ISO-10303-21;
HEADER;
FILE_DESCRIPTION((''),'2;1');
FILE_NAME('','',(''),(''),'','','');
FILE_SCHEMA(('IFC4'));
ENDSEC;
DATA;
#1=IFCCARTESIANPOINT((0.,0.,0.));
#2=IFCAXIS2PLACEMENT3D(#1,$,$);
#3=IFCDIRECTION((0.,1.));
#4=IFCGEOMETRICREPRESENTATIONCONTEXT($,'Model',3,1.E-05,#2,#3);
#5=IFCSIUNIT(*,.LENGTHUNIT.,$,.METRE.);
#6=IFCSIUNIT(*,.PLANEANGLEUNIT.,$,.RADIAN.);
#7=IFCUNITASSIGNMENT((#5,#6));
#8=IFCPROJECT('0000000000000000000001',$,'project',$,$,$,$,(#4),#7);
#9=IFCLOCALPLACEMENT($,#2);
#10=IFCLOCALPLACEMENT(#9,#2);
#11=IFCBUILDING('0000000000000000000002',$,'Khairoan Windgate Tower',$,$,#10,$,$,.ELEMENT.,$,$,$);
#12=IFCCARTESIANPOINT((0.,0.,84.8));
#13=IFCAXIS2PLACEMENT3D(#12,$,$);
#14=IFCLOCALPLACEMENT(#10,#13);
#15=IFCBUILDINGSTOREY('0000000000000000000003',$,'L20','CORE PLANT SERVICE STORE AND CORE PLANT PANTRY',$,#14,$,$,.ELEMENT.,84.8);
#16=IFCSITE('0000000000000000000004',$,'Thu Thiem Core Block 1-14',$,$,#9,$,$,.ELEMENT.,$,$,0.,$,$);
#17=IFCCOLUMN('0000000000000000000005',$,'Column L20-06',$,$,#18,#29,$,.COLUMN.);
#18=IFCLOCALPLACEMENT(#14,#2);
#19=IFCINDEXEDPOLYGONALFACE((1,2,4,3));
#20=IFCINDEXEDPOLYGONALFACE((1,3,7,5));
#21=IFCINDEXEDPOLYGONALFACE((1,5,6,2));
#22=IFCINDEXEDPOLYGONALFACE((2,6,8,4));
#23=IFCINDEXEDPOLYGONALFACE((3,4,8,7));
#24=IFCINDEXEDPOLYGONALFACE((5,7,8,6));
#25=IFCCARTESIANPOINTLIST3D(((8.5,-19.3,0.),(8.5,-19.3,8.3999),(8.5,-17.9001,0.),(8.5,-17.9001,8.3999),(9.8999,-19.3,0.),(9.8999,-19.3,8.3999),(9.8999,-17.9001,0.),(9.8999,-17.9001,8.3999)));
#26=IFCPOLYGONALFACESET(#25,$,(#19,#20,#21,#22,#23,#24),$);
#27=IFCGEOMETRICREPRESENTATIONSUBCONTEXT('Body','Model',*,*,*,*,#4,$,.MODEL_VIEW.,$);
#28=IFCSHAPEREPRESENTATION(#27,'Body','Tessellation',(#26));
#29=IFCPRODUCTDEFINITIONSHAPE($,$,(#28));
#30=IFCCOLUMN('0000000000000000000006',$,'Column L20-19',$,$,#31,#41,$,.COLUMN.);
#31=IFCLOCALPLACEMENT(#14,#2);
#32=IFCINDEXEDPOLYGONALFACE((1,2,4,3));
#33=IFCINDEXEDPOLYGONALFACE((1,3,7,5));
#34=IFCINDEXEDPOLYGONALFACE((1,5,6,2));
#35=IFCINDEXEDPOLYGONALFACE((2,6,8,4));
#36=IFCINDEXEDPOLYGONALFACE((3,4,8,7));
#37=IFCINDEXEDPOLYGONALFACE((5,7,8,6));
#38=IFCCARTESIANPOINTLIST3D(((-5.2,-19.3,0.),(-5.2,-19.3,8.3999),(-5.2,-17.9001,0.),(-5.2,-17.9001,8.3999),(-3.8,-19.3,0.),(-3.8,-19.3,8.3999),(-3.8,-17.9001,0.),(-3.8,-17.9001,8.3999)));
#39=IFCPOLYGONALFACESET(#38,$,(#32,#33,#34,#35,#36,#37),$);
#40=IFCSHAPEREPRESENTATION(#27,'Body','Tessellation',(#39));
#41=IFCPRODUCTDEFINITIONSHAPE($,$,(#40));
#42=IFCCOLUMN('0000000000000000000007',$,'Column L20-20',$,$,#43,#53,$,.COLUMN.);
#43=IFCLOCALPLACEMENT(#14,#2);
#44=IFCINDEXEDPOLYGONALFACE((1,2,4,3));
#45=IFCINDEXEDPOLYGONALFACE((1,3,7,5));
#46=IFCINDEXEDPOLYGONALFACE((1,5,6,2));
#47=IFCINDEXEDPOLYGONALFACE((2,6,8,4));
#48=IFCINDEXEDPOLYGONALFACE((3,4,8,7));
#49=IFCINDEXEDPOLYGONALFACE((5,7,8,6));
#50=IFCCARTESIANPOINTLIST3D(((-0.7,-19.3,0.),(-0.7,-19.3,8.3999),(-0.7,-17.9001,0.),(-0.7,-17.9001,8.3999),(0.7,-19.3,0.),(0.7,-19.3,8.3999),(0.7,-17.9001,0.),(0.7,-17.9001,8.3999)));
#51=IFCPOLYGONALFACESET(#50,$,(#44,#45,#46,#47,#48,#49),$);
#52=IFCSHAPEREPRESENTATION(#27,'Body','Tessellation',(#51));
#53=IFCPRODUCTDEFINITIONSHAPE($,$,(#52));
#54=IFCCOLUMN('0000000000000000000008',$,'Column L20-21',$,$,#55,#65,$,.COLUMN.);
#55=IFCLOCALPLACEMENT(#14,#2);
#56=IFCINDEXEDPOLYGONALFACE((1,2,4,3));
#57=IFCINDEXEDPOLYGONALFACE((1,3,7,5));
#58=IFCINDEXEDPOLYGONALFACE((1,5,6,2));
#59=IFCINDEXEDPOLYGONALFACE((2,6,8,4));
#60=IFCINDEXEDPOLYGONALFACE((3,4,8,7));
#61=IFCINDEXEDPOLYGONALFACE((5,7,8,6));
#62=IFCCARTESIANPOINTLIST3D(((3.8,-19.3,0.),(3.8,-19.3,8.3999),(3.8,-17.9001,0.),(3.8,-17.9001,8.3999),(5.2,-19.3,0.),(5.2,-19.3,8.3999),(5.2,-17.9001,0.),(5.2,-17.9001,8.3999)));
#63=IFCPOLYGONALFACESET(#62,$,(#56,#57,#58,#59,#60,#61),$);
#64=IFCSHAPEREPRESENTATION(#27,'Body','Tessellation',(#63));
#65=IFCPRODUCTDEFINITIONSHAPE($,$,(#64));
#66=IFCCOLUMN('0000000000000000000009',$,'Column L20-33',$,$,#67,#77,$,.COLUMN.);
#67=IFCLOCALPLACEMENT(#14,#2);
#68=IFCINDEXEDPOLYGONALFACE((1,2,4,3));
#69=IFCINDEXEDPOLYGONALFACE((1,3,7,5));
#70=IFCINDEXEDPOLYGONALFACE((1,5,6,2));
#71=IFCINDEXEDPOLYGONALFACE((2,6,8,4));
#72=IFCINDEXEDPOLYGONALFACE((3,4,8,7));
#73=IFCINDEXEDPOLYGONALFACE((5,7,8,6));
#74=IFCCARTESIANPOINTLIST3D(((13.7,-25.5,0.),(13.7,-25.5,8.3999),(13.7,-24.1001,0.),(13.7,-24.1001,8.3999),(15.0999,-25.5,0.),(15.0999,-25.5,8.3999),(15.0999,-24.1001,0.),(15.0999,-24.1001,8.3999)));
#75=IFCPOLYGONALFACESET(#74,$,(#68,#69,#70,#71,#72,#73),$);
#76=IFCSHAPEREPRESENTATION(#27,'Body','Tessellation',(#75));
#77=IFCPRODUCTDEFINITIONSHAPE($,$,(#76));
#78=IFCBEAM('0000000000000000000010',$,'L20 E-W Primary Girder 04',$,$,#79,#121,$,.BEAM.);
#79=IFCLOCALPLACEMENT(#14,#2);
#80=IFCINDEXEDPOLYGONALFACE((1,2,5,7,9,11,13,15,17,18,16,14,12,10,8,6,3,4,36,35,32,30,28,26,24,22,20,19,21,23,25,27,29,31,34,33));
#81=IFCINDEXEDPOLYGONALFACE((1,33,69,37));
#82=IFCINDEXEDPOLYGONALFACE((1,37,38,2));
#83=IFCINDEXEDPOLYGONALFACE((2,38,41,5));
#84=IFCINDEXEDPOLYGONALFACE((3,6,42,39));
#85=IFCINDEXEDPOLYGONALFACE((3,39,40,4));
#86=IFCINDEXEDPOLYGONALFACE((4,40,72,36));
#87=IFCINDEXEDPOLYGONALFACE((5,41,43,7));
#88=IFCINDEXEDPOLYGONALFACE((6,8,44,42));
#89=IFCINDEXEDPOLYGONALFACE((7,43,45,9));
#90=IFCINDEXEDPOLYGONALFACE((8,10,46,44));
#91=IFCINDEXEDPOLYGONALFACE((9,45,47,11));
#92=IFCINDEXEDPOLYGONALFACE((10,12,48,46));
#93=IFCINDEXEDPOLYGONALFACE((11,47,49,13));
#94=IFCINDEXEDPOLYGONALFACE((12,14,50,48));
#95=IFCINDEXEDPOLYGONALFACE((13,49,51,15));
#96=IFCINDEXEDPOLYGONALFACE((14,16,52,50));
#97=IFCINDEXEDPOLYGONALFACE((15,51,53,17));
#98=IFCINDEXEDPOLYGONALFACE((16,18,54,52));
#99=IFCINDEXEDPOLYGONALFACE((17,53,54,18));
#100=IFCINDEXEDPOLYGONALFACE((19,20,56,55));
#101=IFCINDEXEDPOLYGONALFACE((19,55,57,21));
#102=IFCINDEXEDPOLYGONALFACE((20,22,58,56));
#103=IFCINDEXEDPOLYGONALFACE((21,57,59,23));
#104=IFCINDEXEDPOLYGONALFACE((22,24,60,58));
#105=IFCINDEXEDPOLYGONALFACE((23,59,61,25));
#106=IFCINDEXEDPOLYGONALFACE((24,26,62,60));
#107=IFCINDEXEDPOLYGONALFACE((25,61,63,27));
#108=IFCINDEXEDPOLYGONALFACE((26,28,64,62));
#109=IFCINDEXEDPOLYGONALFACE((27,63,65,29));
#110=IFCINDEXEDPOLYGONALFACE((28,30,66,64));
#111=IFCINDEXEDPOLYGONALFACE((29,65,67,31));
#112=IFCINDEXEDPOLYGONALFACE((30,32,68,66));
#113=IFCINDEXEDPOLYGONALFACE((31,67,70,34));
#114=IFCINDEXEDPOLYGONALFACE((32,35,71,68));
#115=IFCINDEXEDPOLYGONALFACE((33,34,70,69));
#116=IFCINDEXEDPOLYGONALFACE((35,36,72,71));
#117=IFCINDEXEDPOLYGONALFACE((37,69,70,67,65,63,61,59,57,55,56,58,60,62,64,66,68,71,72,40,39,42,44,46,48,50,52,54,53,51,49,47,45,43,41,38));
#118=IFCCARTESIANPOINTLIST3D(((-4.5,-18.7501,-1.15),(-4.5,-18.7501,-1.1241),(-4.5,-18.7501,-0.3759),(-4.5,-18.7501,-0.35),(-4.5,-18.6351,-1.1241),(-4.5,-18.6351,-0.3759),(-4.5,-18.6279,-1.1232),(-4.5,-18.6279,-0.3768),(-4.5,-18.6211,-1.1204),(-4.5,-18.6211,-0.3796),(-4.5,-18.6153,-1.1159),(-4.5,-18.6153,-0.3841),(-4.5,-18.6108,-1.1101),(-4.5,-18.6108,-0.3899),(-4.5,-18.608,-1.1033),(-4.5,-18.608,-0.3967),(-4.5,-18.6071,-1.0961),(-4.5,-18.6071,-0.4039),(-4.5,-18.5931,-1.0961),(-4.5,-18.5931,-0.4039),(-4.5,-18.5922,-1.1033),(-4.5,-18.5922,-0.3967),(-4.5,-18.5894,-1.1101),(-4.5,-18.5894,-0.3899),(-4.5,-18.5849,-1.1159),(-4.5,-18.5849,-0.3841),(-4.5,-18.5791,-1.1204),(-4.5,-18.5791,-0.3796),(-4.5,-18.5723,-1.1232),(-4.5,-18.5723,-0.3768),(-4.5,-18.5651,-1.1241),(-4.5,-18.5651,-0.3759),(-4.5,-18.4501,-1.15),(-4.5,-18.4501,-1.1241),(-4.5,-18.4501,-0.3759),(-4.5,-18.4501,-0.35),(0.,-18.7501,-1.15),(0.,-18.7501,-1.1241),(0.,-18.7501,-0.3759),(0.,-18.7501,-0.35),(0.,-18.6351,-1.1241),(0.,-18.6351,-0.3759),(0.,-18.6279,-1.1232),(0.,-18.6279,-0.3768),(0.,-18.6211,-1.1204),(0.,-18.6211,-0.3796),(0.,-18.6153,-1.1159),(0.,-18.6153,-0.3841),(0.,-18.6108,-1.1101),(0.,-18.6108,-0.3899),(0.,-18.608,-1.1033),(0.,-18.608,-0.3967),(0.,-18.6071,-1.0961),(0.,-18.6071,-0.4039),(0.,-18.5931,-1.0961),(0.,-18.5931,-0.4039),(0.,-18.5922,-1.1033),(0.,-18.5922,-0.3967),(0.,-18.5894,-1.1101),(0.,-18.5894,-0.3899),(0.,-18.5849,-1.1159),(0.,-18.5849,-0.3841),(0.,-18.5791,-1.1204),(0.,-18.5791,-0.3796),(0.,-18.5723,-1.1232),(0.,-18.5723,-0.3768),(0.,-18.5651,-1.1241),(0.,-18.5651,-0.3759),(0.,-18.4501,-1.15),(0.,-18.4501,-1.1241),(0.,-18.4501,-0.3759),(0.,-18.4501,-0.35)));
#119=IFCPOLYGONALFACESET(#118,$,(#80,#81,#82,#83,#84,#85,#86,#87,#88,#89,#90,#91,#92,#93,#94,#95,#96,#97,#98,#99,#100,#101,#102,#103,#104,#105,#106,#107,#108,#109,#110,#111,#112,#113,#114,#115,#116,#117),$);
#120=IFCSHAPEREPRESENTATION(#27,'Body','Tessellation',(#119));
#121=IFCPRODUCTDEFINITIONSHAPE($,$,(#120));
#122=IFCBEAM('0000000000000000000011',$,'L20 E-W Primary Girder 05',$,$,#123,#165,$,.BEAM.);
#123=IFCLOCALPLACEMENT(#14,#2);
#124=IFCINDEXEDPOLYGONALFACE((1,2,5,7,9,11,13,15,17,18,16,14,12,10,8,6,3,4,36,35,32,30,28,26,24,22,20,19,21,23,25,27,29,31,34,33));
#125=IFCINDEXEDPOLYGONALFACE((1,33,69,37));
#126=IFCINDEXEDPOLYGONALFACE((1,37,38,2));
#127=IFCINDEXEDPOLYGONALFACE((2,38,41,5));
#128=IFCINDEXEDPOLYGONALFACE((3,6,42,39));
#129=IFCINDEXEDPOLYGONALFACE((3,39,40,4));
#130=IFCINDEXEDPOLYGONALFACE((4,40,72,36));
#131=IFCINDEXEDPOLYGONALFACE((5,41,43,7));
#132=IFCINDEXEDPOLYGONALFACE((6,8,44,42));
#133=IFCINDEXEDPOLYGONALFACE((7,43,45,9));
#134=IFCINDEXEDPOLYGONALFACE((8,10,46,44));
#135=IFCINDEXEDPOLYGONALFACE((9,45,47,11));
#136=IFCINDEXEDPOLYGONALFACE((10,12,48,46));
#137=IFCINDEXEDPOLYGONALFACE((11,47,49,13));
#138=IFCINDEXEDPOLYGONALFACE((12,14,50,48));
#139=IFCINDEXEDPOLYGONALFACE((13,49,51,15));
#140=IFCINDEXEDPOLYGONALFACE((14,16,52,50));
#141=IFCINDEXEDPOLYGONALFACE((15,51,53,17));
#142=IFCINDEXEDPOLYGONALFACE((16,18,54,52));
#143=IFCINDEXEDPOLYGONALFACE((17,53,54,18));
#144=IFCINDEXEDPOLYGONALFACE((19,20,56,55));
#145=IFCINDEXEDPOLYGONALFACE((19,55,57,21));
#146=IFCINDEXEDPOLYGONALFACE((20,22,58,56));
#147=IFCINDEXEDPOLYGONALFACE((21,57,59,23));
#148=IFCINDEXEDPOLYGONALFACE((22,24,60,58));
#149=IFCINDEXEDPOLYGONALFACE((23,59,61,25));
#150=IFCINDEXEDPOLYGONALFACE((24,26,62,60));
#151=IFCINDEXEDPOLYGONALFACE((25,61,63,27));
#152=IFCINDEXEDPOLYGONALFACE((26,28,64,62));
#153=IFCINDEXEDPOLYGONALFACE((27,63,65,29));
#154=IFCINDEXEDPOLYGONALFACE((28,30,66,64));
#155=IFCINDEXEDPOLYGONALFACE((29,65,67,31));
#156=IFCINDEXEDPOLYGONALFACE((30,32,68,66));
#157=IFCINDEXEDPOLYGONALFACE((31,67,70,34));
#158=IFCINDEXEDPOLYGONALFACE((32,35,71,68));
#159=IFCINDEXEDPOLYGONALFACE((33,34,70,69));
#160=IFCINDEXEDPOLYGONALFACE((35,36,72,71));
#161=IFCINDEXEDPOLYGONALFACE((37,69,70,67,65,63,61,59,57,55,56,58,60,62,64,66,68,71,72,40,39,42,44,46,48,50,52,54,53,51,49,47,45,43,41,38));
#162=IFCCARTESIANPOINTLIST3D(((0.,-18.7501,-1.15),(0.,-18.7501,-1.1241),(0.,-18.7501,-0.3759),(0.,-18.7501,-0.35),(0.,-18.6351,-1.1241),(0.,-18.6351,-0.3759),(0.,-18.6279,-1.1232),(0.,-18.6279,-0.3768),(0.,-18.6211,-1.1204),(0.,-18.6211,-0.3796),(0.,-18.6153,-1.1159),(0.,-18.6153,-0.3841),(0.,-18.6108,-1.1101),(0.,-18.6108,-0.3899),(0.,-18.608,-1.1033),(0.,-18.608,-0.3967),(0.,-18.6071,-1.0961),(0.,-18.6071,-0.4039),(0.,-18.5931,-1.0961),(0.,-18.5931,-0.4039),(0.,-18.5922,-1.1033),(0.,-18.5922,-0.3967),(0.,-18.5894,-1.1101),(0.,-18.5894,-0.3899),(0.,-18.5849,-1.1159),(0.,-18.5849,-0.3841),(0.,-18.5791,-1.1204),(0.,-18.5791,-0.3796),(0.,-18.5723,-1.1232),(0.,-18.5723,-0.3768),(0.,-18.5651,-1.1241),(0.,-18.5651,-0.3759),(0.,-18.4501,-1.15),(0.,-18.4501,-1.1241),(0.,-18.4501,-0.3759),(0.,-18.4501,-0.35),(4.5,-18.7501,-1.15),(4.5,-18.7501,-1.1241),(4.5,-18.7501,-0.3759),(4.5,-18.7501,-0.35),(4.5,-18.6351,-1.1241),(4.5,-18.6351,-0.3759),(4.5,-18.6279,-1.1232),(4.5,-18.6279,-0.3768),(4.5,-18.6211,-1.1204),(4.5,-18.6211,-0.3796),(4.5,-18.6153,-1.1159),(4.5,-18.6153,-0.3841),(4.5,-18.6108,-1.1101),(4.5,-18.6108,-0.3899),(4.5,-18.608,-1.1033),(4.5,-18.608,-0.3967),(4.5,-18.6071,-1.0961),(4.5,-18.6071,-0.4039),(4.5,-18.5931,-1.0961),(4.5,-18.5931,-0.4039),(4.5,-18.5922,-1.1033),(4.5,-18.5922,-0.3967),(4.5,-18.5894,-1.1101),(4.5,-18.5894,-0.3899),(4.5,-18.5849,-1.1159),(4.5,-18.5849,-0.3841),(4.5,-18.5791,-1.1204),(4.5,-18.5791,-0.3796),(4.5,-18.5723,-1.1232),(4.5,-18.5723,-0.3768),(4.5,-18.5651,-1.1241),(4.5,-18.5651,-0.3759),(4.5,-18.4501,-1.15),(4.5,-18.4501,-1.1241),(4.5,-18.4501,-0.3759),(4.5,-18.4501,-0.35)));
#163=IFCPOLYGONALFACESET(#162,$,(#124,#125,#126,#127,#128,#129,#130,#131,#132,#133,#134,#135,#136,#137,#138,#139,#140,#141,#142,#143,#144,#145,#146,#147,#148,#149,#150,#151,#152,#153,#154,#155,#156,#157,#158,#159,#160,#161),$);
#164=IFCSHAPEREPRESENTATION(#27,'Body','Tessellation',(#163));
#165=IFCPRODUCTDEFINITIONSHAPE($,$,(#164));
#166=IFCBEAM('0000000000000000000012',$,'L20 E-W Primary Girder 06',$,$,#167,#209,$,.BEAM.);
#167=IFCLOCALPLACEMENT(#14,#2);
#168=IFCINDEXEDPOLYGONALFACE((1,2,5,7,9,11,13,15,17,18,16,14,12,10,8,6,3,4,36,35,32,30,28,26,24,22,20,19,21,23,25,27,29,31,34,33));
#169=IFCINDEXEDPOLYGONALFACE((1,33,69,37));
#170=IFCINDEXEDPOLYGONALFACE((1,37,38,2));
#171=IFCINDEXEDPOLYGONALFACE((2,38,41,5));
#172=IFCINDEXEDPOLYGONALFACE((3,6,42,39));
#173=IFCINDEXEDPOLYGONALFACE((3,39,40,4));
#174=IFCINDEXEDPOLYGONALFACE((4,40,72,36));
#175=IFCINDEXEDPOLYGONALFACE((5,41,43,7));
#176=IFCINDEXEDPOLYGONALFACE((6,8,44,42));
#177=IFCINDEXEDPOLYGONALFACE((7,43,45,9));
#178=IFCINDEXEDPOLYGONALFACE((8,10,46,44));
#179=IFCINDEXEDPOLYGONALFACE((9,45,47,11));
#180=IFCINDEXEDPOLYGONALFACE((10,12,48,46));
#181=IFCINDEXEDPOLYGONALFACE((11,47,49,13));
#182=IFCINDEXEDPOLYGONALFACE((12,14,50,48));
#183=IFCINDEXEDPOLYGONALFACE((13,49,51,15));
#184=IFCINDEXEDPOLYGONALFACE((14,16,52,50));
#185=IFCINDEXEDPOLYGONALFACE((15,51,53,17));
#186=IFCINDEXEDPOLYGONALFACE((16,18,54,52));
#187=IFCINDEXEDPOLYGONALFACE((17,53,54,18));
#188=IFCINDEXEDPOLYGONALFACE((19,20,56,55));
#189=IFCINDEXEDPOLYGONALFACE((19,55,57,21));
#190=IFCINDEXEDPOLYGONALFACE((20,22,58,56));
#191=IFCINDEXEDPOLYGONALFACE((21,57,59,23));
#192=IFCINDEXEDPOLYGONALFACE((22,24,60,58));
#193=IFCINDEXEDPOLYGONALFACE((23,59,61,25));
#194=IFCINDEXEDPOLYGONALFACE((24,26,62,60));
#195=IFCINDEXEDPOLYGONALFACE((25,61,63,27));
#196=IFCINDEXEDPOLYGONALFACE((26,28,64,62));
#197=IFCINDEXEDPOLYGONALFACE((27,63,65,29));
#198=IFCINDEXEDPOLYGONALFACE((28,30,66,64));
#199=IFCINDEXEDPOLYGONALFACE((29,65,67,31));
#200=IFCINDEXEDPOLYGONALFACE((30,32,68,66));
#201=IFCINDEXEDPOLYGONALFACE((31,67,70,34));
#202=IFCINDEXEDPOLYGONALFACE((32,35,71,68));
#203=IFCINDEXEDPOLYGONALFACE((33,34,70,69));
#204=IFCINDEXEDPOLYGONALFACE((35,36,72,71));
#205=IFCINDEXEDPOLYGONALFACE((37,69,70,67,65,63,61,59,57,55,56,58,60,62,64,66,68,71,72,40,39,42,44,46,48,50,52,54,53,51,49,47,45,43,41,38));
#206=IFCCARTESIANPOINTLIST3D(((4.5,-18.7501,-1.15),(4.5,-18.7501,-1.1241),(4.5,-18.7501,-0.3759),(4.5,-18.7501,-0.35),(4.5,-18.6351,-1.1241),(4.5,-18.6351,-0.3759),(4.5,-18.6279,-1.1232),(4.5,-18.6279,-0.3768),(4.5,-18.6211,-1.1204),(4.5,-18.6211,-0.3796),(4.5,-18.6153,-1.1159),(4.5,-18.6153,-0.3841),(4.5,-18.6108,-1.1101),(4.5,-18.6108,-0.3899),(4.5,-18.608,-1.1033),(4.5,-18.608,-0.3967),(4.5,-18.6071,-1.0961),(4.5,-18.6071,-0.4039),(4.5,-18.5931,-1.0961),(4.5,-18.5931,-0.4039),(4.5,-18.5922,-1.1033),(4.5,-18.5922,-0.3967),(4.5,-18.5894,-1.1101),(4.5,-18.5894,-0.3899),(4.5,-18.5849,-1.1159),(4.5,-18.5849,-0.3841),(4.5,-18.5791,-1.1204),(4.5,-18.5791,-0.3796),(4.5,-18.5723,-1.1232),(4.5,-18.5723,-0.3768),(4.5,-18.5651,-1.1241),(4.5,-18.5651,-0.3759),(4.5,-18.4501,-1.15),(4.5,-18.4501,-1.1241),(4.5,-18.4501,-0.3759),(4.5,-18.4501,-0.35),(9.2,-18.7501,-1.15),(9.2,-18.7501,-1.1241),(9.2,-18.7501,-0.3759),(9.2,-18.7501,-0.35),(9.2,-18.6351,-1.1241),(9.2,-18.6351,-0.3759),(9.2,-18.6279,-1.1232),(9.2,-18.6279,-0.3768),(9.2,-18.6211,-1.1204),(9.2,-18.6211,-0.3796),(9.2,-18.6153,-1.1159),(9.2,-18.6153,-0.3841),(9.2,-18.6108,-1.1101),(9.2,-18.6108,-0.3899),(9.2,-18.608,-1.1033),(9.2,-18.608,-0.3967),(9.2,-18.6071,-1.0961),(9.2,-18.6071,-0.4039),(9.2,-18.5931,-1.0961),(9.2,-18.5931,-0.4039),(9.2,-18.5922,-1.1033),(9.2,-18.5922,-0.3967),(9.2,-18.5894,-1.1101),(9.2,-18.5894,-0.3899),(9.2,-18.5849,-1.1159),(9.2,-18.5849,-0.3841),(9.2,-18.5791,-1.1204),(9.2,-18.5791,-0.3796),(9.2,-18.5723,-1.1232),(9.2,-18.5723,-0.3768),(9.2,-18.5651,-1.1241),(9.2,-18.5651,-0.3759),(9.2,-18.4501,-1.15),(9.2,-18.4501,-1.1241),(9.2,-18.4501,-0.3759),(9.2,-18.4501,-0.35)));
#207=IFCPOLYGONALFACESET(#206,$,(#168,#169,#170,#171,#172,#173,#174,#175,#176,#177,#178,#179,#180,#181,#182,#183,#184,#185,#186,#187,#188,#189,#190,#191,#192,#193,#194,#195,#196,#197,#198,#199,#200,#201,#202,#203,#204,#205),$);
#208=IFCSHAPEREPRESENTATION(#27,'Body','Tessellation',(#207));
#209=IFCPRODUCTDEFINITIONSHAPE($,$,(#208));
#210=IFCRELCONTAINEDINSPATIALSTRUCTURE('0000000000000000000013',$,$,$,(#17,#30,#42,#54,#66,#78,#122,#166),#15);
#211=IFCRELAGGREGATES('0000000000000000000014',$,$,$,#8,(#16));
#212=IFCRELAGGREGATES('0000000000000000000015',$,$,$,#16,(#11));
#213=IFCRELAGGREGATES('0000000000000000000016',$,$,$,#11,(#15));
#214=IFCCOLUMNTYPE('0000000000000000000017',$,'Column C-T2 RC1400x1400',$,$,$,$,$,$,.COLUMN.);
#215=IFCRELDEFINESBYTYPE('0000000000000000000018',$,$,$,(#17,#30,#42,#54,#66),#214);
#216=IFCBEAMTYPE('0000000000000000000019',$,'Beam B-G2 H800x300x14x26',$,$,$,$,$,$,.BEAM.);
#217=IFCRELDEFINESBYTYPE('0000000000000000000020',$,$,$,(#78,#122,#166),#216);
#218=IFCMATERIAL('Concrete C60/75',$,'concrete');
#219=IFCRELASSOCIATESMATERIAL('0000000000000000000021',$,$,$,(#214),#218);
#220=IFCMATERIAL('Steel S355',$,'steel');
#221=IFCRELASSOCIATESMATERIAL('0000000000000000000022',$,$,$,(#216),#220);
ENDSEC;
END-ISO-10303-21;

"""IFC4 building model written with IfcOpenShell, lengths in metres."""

from ifc_helpers import new_model, si_unit, direction, frame, origin, origin_2d, place, context, subcontext, project, spatial, rectangle, i_section, extrude, material, material_profile, profile_set, type_object, element, save


model = new_model("IFC4")

# Units and contexts
model_context = context("Model", 3, precision=1e-05, world=origin(), true_north=direction((0.0, 1.0)))
body_context = subcontext(model_context, "Body", "Model", "MODEL_VIEW")
ifc_project = project(units=[si_unit("LENGTHUNIT", "METRE"), si_unit("PLANEANGLEUNIT", "RADIAN")], contexts=[model_context])

# Site, building, storey
site_placement = place(None, origin())
site = spatial("IfcSite", under=ifc_project, at=site_placement, Name="Thu Thiem Core Block 1-14", CompositionType="ELEMENT", RefElevation=0.0)
building_placement = place(site_placement, origin())
building = spatial("IfcBuilding", under=site, at=building_placement, Name="Khairoan Windgate Tower", CompositionType="ELEMENT")
storey_placement = place(building_placement, frame((0.0, 0.0, 84.8)))
storey = spatial("IfcBuildingStorey", under=building, at=storey_placement, Name="L20", Description="CORE PLANT SERVICE STORE AND CORE PLANT PANTRY", CompositionType="ELEMENT", Elevation=84.8)

# Columns
ifc_material_1 = material(Name="Concrete C60/75", Category="concrete")
ifc_material_profile_1 = material_profile(ifc_material_1, rectangle(XDim=1.3999, YDim=1.3999, at=origin_2d()))
ifc_profile_set_1 = profile_set([ifc_material_profile_1], Name="Concrete C60/75")
column_type = type_object("IfcColumnType", Name="Column C-T2 RC1400x1400", PredefinedType="COLUMN", material=ifc_profile_set_1)
for number, where, z_axis, x_axis, name in (
    (1, (9.2, -18.6001, 0.0), (0.0, 0.0, 1.0), (1.0, 0.0, 0.0), "Column L20-06"),
    (2, (-4.5, -18.6001, 0.0), (0.0, 0.0, 1.0), (1.0, 0.0, 0.0), "Column L20-19"),
    (3, (0.0, -18.6001, 0.0), (0.0, 0.0, 1.0), (1.0, 0.0, 0.0), "Column L20-20"),
    (4, (4.5, -18.6001, 0.0), (0.0, 0.0, 1.0), (1.0, 0.0, 0.0), "Column L20-21"),
    (5, (14.3999, -24.8, 0.0), (0.0, 0.0, 1.0), (1.0, 0.0, 0.0), "Column L20-33"),
):
    element("IfcColumn", number, at=place(storey_placement, frame(where, z_axis=z_axis, x_axis=x_axis)), inside=storey, type_object=column_type, Name=name, PredefinedType="COLUMN", context=body_context, shape_type="SweptSolid", body=[
        extrude(rectangle(XDim=1.3999, YDim=1.3999, at=origin_2d()), origin(), (0.0, 0.0, 1.0), 8.3999),
    ])

# Beams
ifc_material_2 = material(Name="Steel S355", Category="steel")
ifc_material_profile_2 = material_profile(ifc_material_2, i_section(OverallWidth=0.3, OverallDepth=0.8, WebThickness=0.0139, FlangeThickness=0.0259, FilletRadius=0.0281, at=origin_2d()))
ifc_profile_set_2 = profile_set([ifc_material_profile_2], Name="Steel S355")
beam_type = type_object("IfcBeamType", Name="Beam B-G2 H800x300x14x26", PredefinedType="BEAM", material=ifc_profile_set_2)
for number, where, z_axis, x_axis, name in (
    (6, (-4.5, -18.6001, -0.75), (1.0, 0.0, 0.0), (0.0, 1.0, 0.0), "L20 E-W Primary Girder 04"),
    (7, (0.0, -18.6001, -0.75), (1.0, 0.0, 0.0), (0.0, 1.0, 0.0), "L20 E-W Primary Girder 05"),
):
    element("IfcBeam", number, at=place(storey_placement, frame(where, z_axis=z_axis, x_axis=x_axis)), inside=storey, type_object=beam_type, Name=name, PredefinedType="BEAM", context=body_context, shape_type="SweptSolid", body=[
        extrude(i_section(OverallWidth=0.3, OverallDepth=0.8, WebThickness=0.0139, FlangeThickness=0.0259, FilletRadius=0.0281, at=origin_2d()), origin(), (0.0, 0.0, 1.0), 4.5),
    ])
beam_1_placement = place(storey_placement, frame((4.5, -18.6001, -0.75), z_axis=(1.0, 0.0, 0.0), x_axis=(0.0, 1.0, 0.0)))
element("IfcBeam", 8, at=beam_1_placement, inside=storey, type_object=beam_type, Name="L20 E-W Primary Girder 06", PredefinedType="BEAM", context=body_context, shape_type="SweptSolid", body=[
    extrude(i_section(OverallWidth=0.3, OverallDepth=0.8, WebThickness=0.0139, FlangeThickness=0.0259, FilletRadius=0.0281, at=origin_2d()), origin(), (0.0, 0.0, 1.0), 4.7),
])

save(model, "model.ifc")
